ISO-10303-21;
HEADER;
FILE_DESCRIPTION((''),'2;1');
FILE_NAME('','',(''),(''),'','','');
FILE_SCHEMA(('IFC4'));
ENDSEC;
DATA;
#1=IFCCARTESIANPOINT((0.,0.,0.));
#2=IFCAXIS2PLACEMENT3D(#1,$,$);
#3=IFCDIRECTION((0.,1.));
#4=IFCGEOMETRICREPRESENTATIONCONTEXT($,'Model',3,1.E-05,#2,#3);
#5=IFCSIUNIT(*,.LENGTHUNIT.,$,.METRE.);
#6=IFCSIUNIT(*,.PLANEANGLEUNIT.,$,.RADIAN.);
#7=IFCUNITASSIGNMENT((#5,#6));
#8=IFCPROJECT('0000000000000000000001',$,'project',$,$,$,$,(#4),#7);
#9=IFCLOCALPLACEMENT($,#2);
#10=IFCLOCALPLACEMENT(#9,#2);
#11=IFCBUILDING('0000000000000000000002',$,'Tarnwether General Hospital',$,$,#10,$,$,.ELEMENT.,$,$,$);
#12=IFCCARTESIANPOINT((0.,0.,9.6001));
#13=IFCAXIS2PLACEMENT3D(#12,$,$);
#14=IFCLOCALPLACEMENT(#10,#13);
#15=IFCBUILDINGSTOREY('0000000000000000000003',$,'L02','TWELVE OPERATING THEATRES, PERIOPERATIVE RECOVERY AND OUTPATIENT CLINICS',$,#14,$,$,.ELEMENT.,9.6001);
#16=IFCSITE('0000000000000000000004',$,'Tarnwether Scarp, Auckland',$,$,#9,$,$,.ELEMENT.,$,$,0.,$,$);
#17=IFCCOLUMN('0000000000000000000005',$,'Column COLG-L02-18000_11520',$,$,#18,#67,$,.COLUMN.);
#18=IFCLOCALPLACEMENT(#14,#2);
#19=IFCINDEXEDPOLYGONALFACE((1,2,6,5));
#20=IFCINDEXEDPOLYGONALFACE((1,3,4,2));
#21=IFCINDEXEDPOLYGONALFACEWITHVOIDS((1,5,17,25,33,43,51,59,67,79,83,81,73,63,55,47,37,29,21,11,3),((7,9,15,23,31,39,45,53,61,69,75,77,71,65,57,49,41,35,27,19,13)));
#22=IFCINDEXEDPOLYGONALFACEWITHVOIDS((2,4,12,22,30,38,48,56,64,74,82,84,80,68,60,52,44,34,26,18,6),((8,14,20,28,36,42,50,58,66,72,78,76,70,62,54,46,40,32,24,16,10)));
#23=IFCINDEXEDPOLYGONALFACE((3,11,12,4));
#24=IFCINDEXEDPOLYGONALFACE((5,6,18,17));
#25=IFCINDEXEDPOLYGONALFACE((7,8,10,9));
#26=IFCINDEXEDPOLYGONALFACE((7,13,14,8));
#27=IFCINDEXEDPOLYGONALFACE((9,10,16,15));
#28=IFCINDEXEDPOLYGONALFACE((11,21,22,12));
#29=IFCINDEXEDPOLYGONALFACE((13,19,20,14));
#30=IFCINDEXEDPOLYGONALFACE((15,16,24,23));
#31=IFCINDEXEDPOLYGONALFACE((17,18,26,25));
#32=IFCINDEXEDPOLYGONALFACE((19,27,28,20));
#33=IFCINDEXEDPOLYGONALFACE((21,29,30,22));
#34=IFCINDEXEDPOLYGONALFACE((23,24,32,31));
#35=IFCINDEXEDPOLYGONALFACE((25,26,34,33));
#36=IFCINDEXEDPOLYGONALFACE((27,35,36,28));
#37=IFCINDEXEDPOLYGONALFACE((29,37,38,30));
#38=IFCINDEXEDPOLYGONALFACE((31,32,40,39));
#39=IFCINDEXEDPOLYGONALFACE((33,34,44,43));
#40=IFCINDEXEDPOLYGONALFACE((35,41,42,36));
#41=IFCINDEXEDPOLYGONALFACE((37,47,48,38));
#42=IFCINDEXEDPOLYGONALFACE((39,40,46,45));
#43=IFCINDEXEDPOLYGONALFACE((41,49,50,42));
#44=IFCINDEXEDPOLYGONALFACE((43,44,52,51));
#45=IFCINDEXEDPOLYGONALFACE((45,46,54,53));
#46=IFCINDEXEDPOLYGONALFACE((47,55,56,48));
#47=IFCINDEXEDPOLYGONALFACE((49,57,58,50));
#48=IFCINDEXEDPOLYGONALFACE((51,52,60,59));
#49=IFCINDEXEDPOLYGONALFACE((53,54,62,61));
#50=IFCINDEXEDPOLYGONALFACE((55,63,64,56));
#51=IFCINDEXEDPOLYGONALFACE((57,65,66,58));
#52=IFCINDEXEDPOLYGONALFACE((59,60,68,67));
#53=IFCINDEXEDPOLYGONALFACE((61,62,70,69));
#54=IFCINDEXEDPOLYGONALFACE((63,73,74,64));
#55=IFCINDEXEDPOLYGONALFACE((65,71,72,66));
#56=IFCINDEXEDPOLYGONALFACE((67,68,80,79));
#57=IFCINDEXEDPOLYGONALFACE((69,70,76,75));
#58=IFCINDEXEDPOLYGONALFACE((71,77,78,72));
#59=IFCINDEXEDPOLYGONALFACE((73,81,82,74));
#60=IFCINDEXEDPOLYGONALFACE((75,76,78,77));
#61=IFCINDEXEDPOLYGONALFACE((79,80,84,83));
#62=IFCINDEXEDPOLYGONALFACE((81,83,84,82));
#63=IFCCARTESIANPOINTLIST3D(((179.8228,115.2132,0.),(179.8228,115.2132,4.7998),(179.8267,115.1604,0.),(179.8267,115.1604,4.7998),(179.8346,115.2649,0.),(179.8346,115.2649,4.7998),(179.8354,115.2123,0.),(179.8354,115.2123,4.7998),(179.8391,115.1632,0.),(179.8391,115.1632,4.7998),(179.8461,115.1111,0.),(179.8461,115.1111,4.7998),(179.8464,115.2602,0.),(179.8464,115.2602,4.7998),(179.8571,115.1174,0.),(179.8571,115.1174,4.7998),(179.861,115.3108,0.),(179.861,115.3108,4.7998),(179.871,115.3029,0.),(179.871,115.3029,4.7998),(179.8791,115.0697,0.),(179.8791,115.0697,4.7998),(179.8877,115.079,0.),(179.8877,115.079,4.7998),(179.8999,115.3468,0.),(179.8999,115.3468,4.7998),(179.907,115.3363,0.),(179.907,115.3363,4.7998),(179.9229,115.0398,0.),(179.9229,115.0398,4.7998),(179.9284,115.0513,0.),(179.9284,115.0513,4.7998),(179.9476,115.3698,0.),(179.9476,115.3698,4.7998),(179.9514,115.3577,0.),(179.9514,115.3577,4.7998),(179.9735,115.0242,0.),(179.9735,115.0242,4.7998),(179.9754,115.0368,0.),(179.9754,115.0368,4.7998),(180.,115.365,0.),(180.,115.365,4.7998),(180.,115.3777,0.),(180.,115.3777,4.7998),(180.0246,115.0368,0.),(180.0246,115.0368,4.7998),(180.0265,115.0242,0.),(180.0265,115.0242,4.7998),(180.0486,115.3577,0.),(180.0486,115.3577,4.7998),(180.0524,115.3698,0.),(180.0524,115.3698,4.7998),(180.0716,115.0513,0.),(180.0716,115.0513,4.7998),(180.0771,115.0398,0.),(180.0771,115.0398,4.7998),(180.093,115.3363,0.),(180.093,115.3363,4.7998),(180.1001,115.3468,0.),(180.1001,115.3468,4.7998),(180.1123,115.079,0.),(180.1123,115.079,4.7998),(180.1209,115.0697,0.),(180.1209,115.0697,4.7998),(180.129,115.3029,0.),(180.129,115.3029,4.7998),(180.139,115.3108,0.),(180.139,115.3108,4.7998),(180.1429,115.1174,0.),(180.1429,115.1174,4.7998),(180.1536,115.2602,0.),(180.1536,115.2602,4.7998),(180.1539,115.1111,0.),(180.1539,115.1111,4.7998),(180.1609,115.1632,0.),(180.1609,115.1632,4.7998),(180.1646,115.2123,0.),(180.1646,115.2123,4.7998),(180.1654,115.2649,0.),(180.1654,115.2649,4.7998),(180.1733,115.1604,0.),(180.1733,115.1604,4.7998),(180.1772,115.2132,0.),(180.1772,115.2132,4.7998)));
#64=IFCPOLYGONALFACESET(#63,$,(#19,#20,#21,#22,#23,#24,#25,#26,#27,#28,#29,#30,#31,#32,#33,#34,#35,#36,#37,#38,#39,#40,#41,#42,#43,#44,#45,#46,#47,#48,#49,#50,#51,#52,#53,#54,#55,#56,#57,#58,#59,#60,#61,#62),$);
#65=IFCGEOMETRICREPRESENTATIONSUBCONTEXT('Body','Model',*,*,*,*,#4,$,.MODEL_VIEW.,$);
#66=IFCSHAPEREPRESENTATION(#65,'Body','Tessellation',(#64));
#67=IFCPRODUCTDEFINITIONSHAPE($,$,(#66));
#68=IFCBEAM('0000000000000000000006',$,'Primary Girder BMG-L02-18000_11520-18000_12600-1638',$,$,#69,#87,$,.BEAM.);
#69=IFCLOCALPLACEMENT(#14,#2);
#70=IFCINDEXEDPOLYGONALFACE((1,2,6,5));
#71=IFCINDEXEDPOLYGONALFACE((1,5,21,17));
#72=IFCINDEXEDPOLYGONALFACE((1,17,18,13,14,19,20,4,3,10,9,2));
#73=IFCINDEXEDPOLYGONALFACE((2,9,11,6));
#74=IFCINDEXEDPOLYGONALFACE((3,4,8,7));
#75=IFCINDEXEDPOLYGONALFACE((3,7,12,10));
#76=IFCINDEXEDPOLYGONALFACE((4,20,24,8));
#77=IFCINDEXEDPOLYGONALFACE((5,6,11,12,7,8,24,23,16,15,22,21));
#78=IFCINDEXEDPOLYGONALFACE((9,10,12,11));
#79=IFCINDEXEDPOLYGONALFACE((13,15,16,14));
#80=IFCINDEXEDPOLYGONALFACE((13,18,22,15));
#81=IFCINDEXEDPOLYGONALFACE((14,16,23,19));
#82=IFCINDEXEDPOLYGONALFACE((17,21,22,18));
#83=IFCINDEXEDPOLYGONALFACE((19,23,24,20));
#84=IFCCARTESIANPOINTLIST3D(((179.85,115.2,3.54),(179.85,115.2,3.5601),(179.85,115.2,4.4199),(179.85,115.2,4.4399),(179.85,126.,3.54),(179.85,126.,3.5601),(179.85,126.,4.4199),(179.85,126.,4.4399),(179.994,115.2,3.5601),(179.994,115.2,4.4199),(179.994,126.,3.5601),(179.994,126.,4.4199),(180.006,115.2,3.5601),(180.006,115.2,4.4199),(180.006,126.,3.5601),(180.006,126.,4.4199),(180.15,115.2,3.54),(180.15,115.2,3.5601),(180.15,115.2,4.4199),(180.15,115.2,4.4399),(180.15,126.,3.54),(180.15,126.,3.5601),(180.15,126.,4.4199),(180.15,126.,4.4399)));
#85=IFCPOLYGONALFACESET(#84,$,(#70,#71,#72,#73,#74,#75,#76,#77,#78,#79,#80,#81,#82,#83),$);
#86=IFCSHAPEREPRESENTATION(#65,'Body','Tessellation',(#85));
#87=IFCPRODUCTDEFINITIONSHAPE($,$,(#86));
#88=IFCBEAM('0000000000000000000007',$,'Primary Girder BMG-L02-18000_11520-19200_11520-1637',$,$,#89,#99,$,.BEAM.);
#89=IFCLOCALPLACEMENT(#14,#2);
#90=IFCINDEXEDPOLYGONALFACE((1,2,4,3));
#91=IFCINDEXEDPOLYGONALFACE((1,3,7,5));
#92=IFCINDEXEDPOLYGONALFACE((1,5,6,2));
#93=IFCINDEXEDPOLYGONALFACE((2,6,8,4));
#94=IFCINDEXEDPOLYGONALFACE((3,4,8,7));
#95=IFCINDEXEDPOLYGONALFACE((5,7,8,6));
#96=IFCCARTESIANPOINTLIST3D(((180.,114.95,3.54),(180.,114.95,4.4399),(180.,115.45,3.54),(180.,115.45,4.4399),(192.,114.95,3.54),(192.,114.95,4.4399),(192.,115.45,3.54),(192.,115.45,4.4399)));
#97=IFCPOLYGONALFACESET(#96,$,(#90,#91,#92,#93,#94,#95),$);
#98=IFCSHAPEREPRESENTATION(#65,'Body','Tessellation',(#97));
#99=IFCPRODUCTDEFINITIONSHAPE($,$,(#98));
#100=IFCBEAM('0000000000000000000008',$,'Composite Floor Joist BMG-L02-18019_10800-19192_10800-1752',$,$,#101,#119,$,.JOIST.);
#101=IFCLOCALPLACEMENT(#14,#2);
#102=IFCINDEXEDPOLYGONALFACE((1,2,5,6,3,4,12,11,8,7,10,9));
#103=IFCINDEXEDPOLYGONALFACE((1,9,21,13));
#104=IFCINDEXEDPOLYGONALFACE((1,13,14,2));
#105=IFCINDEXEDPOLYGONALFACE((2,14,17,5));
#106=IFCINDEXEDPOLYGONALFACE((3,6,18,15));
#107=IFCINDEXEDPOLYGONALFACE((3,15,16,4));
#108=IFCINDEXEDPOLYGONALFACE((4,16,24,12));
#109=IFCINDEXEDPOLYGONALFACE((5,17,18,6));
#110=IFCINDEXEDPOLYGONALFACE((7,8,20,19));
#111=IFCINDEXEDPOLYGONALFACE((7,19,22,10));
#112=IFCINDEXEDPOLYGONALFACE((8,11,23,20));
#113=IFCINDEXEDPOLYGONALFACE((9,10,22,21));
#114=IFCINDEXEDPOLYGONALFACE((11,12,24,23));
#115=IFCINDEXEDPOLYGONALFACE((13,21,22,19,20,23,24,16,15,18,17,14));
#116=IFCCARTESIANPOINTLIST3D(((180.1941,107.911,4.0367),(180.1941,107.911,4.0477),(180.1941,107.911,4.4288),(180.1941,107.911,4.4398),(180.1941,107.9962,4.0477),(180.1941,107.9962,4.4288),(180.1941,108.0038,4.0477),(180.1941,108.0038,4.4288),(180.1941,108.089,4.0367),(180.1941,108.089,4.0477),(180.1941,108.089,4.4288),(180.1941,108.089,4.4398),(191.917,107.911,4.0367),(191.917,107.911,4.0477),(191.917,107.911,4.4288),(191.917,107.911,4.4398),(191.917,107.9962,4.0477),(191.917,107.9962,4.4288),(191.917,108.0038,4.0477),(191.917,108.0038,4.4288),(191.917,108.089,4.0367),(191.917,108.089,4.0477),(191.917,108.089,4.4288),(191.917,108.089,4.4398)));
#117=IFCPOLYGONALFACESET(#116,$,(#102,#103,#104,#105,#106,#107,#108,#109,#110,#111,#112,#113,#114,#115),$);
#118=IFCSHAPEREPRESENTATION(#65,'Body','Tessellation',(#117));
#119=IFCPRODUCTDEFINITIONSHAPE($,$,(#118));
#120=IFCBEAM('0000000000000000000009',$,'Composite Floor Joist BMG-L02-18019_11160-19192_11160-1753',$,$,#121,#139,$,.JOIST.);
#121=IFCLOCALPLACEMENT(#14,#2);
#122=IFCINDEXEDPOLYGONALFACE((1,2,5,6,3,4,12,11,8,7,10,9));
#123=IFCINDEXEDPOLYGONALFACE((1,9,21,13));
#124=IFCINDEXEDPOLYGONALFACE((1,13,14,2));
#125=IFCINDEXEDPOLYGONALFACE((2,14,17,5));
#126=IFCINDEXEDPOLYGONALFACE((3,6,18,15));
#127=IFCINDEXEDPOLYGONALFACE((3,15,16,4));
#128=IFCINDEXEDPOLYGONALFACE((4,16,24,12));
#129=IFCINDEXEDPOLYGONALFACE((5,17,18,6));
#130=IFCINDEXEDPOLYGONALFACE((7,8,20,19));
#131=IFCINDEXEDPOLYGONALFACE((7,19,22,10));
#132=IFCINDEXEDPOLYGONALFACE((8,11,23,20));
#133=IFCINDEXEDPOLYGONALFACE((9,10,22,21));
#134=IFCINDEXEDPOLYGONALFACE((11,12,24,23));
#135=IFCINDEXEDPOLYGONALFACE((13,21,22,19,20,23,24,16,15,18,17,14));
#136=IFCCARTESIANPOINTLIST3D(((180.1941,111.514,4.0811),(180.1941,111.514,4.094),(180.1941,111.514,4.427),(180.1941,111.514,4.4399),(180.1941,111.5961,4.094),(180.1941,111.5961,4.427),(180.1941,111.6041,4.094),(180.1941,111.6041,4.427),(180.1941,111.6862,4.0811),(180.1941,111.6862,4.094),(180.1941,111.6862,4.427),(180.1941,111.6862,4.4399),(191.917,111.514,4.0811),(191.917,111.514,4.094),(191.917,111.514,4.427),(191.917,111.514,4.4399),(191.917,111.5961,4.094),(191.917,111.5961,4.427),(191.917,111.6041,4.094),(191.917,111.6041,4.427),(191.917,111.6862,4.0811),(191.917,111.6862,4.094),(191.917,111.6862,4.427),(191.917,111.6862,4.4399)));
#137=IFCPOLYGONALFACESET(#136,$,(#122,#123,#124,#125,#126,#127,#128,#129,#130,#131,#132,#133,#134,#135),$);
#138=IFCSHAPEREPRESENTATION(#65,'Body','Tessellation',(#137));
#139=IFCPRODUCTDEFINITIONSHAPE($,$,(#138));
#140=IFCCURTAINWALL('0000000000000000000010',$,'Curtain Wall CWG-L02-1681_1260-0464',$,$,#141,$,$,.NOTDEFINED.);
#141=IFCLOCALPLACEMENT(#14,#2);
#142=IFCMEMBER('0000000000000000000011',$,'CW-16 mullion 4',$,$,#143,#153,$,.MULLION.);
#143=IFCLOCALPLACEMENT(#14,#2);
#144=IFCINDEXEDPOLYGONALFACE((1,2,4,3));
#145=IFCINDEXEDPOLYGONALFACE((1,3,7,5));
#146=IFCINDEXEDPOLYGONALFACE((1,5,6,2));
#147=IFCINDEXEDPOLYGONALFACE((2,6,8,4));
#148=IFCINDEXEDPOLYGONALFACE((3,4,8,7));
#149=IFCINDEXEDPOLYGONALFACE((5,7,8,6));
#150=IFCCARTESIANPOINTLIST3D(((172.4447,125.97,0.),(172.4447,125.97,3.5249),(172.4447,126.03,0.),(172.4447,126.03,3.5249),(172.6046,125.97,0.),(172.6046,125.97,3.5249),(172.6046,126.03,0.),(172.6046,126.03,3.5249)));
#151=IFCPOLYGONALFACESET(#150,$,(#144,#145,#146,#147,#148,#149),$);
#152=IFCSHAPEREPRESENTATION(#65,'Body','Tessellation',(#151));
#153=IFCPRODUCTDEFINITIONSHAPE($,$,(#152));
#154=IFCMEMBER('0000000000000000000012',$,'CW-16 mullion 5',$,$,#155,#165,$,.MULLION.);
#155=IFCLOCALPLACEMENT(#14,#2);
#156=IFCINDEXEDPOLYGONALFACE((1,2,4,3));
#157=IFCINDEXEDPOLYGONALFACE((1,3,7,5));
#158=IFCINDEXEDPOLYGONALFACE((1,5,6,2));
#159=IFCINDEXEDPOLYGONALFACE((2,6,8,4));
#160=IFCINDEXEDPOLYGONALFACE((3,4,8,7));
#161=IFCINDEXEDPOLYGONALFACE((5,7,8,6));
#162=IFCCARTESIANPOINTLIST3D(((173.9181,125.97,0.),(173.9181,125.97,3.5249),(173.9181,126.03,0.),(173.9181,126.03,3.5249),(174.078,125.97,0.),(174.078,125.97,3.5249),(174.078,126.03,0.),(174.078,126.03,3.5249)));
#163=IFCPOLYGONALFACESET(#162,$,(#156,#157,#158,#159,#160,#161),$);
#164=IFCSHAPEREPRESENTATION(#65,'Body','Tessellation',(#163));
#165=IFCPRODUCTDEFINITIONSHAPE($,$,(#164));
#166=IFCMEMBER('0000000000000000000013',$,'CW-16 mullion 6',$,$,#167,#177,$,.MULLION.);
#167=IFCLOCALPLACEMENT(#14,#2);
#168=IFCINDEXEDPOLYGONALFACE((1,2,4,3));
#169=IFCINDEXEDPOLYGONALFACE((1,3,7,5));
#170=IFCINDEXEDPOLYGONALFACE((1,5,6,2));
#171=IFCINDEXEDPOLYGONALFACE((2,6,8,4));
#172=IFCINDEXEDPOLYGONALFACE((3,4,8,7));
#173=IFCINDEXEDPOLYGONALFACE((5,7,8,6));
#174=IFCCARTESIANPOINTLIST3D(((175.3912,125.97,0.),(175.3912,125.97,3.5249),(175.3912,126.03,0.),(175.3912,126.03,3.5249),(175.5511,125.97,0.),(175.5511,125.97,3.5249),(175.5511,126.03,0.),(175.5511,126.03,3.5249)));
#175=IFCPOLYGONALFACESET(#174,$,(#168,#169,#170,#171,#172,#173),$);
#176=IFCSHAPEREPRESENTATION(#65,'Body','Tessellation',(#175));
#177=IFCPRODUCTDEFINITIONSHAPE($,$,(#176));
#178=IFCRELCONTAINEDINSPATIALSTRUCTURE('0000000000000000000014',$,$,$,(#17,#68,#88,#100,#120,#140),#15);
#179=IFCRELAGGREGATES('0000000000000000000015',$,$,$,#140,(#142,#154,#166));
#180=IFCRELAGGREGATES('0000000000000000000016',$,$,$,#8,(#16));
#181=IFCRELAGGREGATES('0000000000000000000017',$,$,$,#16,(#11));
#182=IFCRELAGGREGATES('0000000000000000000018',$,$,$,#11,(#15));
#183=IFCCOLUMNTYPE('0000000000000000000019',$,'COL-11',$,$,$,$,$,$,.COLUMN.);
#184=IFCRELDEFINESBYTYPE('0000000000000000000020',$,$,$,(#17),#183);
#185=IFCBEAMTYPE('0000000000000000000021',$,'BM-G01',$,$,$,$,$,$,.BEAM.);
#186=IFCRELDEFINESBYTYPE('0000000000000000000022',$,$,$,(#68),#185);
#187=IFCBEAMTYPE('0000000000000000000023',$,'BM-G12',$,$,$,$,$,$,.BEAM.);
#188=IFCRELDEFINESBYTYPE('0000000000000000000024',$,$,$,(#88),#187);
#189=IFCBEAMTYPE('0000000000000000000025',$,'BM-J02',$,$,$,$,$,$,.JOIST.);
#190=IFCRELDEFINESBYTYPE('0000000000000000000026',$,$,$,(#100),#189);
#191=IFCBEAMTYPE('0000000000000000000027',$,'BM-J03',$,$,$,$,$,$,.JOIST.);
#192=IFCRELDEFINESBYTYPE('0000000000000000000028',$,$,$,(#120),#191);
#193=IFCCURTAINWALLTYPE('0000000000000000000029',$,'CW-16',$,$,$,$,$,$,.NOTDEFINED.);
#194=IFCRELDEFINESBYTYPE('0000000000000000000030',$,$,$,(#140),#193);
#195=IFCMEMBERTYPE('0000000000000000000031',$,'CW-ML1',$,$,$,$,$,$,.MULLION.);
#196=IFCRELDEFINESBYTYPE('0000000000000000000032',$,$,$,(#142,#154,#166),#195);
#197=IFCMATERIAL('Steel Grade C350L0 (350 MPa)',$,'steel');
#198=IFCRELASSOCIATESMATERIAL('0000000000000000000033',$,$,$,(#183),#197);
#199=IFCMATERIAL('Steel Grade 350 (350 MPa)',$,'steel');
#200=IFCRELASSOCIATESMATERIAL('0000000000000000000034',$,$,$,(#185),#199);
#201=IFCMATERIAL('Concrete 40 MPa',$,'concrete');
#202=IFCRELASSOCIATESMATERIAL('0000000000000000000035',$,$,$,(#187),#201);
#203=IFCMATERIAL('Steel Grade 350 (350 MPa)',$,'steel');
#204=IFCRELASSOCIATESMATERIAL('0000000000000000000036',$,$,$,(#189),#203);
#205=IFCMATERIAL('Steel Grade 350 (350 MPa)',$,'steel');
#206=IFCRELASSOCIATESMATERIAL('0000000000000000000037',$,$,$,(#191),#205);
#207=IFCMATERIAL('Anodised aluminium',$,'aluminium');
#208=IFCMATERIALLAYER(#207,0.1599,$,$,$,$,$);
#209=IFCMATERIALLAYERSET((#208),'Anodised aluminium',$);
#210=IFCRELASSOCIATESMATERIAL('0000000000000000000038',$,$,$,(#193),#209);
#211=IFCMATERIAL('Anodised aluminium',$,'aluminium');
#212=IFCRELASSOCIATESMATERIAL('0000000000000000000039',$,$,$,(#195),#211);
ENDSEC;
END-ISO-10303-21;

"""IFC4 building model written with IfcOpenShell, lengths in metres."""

from ifc_helpers import new_model, si_unit, direction, frame, origin, origin_2d, place, context, subcontext, project, spatial, rectangle, hollow_circle, i_section, extrude, material, layer, layer_set, material_profile, profile_set, type_object, element, aggregate, save


model = new_model("IFC4")

# Units and contexts
model_context = context("Model", 3, precision=1e-05, world=origin(), true_north=direction((0.0, 1.0)))
body_context = subcontext(model_context, "Body", "Model", "MODEL_VIEW")
ifc_project = project(units=[si_unit("LENGTHUNIT", "METRE"), si_unit("PLANEANGLEUNIT", "RADIAN")], contexts=[model_context])

# Site, building, storey
site_placement = place(None, origin())
site = spatial("IfcSite", under=ifc_project, at=site_placement, Name="Tarnwether Scarp, Auckland", CompositionType="ELEMENT", RefElevation=0.0)
building_placement = place(site_placement, origin())
building = spatial("IfcBuilding", under=site, at=building_placement, Name="Tarnwether General Hospital", CompositionType="ELEMENT")
storey_placement = place(building_placement, frame((0.0, 0.0, 9.6001)))
storey = spatial("IfcBuildingStorey", under=building, at=storey_placement, Name="L02", Description="TWELVE OPERATING THEATRES, PERIOPERATIVE RECOVERY AND OUTPATIENT CLINICS", CompositionType="ELEMENT", Elevation=9.6001)

# Column
ifc_material_1 = material(Name="Steel Grade C350L0 (350 MPa)", Category="steel")
ifc_material_profile_1 = material_profile(ifc_material_1, hollow_circle(Radius=0.1777, WallThickness=0.0127, at=origin_2d()), Name="CHS355.6x12.7")
ifc_profile_set_1 = profile_set([ifc_material_profile_1], Name="Steel Grade C350L0 (350 MPa)")
column_type = type_object("IfcColumnType", Name="COL-11", PredefinedType="COLUMN", material=ifc_profile_set_1)
column_placement = place(storey_placement, frame((180.0, 115.2, 0.0), z_axis=(0.0, 0.0, 1.0), x_axis=(0.0, 1.0, 0.0)))
element("IfcColumn", 1, at=column_placement, inside=storey, type_object=column_type, Name="Column COLG-L02-18000_11520", PredefinedType="COLUMN", context=body_context, shape_type="SweptSolid", body=[
    extrude(hollow_circle(Radius=0.1777, WallThickness=0.0127, at=origin_2d()), origin(), (0.0, 0.0, 1.0), 4.7998),
])

# Beams
ifc_material_2 = material(Name="Steel Grade 350 (350 MPa)", Category="steel")
ifc_material_profile_2 = material_profile(ifc_material_2, i_section(OverallWidth=0.3, OverallDepth=0.8999, WebThickness=0.012, FlangeThickness=0.02, at=origin_2d()), Name="900WB175")
ifc_profile_set_2 = profile_set([ifc_material_profile_2], Name="Steel Grade 350 (350 MPa)")
beam_type_1 = type_object("IfcBeamType", Name="BM-G01", PredefinedType="BEAM", material=ifc_profile_set_2)
beam_1_placement = place(storey_placement, frame((180.0, 115.2, 3.99), z_axis=(0.0, 1.0, 0.0), x_axis=(-1.0, 0.0, 0.0)))
element("IfcBeam", 2, at=beam_1_placement, inside=storey, type_object=beam_type_1, Name="Primary Girder BMG-L02-18000_11520-18000_12600-1638", PredefinedType="BEAM", context=body_context, shape_type="SweptSolid", body=[
    extrude(i_section(OverallWidth=0.3, OverallDepth=0.8999, WebThickness=0.012, FlangeThickness=0.02, at=origin_2d()), origin(), (0.0, 0.0, 1.0), 10.8),
])
ifc_material_3 = material(Name="Concrete 40 MPa", Category="concrete")
ifc_material_profile_3 = material_profile(ifc_material_3, rectangle(XDim=0.5, YDim=0.8999, at=origin_2d()), Name="RC-BM-500x900")
ifc_profile_set_3 = profile_set([ifc_material_profile_3], Name="Concrete 40 MPa")
beam_type_2 = type_object("IfcBeamType", Name="BM-G12", PredefinedType="BEAM", material=ifc_profile_set_3)
beam_2_placement = place(storey_placement, frame((180.0, 115.2, 3.99), z_axis=(1.0, 0.0, 0.0), x_axis=(0.0, 1.0, 0.0)))
element("IfcBeam", 3, at=beam_2_placement, inside=storey, type_object=beam_type_2, Name="Primary Girder BMG-L02-18000_11520-19200_11520-1637", PredefinedType="BEAM", context=body_context, shape_type="SweptSolid", body=[
    extrude(rectangle(XDim=0.5, YDim=0.8999, at=origin_2d()), origin(), (0.0, 0.0, 1.0), 12.0),
])
ifc_material_4 = material(Name="Steel Grade 350 (350 MPa)", Category="steel")
ifc_material_profile_4 = material_profile(ifc_material_4, i_section(OverallWidth=0.178, OverallDepth=0.4031, WebThickness=0.0076, FlangeThickness=0.011, at=origin_2d()), Name="410UB53.7")
ifc_profile_set_4 = profile_set([ifc_material_profile_4], Name="Steel Grade 350 (350 MPa)")
beam_type_3 = type_object("IfcBeamType", Name="BM-J02", PredefinedType="JOIST", material=ifc_profile_set_4)
beam_3_placement = place(storey_placement, frame((180.1941, 108.0, 4.2383), z_axis=(1.0, 0.0, 0.0), x_axis=(0.0, 1.0, 0.0)))
element("IfcBeam", 4, at=beam_3_placement, inside=storey, type_object=beam_type_3, Name="Composite Floor Joist BMG-L02-18019_10800-19192_10800-1752", PredefinedType="JOIST", context=body_context, shape_type="SweptSolid", body=[
    extrude(i_section(OverallWidth=0.178, OverallDepth=0.4031, WebThickness=0.0076, FlangeThickness=0.011, at=origin_2d()), origin(), (0.0, 0.0, 1.0), 11.7229),
])
ifc_material_5 = material(Name="Steel Grade 350 (350 MPa)", Category="steel")
ifc_material_profile_5 = material_profile(ifc_material_5, i_section(OverallWidth=0.1721, OverallDepth=0.3589, WebThickness=0.0081, FlangeThickness=0.0129, at=origin_2d()), Name="360UB56.7")
ifc_profile_set_5 = profile_set([ifc_material_profile_5], Name="Steel Grade 350 (350 MPa)")
beam_type_4 = type_object("IfcBeamType", Name="BM-J03", PredefinedType="JOIST", material=ifc_profile_set_5)
beam_4_placement = place(storey_placement, frame((180.1941, 111.6001, 4.2605), z_axis=(1.0, 0.0, 0.0), x_axis=(0.0, 1.0, 0.0)))
element("IfcBeam", 5, at=beam_4_placement, inside=storey, type_object=beam_type_4, Name="Composite Floor Joist BMG-L02-18019_11160-19192_11160-1753", PredefinedType="JOIST", context=body_context, shape_type="SweptSolid", body=[
    extrude(i_section(OverallWidth=0.1721, OverallDepth=0.3589, WebThickness=0.0081, FlangeThickness=0.0129, at=origin_2d()), origin(), (0.0, 0.0, 1.0), 11.7229),
])

# Curtain wall, members
ifc_material_6 = material(Name="Anodised aluminium", Category="aluminium")
ifc_layer_1 = layer(ifc_material_6, 0.1599)
ifc_layer_set_1 = layer_set([ifc_layer_1], Name="Anodised aluminium")
curtain_wall_type = type_object("IfcCurtainWallType", Name="CW-16", PredefinedType="NOTDEFINED", material=ifc_layer_set_1)
curtain_wall_placement = place(storey_placement, origin())
curtain_wall = element("IfcCurtainWall", 6, at=curtain_wall_placement, inside=storey, type_object=curtain_wall_type, Name="Curtain Wall CWG-L02-1681_1260-0464", PredefinedType="NOTDEFINED")
ifc_material_7 = material(Name="Anodised aluminium", Category="aluminium")
ifc_material_profile_6 = material_profile(ifc_material_7, rectangle(XDim=0.0601, YDim=0.1599, at=origin_2d()), Name="ALU-MUL-60x160")
ifc_profile_set_6 = profile_set([ifc_material_profile_6], Name="Anodised aluminium")
member_type_1 = type_object("IfcMemberType", Name="CW-ML1", PredefinedType="MULLION", material=ifc_profile_set_6)
member_1_placement = place(storey_placement, frame((172.5247, 126.0, 0.0), z_axis=(0.0, 0.0, 1.0), x_axis=(0.0, 1.0, 0.0)))
member_1 = element("IfcMember", 7, at=member_1_placement, type_object=member_type_1, Name="CW-16 mullion 4", PredefinedType="MULLION", context=body_context, shape_type="SweptSolid", body=[
    extrude(rectangle(XDim=0.0601, YDim=0.1599, at=origin_2d()), origin(), (0.0, 0.0, 1.0), 3.5249),
])
member_2_placement = place(storey_placement, frame((173.998, 126.0, 0.0), z_axis=(0.0, 0.0, 1.0), x_axis=(0.0, 1.0, 0.0)))
member_2 = element("IfcMember", 8, at=member_2_placement, type_object=member_type_1, Name="CW-16 mullion 5", PredefinedType="MULLION", context=body_context, shape_type="SweptSolid", body=[
    extrude(rectangle(XDim=0.0601, YDim=0.1599, at=origin_2d()), origin(), (0.0, 0.0, 1.0), 3.5249),
])
member_3_placement = place(storey_placement, frame((175.4712, 126.0, 0.0), z_axis=(0.0, 0.0, 1.0), x_axis=(0.0, 1.0, 0.0)))
member_3 = element("IfcMember", 9, at=member_3_placement, type_object=member_type_1, Name="CW-16 mullion 6", PredefinedType="MULLION", context=body_context, shape_type="SweptSolid", body=[
    extrude(rectangle(XDim=0.0601, YDim=0.1599, at=origin_2d()), origin(), (0.0, 0.0, 1.0), 3.5249),
])
aggregate(curtain_wall, [member_1, member_2, member_3])

save(model, "model.ifc")
